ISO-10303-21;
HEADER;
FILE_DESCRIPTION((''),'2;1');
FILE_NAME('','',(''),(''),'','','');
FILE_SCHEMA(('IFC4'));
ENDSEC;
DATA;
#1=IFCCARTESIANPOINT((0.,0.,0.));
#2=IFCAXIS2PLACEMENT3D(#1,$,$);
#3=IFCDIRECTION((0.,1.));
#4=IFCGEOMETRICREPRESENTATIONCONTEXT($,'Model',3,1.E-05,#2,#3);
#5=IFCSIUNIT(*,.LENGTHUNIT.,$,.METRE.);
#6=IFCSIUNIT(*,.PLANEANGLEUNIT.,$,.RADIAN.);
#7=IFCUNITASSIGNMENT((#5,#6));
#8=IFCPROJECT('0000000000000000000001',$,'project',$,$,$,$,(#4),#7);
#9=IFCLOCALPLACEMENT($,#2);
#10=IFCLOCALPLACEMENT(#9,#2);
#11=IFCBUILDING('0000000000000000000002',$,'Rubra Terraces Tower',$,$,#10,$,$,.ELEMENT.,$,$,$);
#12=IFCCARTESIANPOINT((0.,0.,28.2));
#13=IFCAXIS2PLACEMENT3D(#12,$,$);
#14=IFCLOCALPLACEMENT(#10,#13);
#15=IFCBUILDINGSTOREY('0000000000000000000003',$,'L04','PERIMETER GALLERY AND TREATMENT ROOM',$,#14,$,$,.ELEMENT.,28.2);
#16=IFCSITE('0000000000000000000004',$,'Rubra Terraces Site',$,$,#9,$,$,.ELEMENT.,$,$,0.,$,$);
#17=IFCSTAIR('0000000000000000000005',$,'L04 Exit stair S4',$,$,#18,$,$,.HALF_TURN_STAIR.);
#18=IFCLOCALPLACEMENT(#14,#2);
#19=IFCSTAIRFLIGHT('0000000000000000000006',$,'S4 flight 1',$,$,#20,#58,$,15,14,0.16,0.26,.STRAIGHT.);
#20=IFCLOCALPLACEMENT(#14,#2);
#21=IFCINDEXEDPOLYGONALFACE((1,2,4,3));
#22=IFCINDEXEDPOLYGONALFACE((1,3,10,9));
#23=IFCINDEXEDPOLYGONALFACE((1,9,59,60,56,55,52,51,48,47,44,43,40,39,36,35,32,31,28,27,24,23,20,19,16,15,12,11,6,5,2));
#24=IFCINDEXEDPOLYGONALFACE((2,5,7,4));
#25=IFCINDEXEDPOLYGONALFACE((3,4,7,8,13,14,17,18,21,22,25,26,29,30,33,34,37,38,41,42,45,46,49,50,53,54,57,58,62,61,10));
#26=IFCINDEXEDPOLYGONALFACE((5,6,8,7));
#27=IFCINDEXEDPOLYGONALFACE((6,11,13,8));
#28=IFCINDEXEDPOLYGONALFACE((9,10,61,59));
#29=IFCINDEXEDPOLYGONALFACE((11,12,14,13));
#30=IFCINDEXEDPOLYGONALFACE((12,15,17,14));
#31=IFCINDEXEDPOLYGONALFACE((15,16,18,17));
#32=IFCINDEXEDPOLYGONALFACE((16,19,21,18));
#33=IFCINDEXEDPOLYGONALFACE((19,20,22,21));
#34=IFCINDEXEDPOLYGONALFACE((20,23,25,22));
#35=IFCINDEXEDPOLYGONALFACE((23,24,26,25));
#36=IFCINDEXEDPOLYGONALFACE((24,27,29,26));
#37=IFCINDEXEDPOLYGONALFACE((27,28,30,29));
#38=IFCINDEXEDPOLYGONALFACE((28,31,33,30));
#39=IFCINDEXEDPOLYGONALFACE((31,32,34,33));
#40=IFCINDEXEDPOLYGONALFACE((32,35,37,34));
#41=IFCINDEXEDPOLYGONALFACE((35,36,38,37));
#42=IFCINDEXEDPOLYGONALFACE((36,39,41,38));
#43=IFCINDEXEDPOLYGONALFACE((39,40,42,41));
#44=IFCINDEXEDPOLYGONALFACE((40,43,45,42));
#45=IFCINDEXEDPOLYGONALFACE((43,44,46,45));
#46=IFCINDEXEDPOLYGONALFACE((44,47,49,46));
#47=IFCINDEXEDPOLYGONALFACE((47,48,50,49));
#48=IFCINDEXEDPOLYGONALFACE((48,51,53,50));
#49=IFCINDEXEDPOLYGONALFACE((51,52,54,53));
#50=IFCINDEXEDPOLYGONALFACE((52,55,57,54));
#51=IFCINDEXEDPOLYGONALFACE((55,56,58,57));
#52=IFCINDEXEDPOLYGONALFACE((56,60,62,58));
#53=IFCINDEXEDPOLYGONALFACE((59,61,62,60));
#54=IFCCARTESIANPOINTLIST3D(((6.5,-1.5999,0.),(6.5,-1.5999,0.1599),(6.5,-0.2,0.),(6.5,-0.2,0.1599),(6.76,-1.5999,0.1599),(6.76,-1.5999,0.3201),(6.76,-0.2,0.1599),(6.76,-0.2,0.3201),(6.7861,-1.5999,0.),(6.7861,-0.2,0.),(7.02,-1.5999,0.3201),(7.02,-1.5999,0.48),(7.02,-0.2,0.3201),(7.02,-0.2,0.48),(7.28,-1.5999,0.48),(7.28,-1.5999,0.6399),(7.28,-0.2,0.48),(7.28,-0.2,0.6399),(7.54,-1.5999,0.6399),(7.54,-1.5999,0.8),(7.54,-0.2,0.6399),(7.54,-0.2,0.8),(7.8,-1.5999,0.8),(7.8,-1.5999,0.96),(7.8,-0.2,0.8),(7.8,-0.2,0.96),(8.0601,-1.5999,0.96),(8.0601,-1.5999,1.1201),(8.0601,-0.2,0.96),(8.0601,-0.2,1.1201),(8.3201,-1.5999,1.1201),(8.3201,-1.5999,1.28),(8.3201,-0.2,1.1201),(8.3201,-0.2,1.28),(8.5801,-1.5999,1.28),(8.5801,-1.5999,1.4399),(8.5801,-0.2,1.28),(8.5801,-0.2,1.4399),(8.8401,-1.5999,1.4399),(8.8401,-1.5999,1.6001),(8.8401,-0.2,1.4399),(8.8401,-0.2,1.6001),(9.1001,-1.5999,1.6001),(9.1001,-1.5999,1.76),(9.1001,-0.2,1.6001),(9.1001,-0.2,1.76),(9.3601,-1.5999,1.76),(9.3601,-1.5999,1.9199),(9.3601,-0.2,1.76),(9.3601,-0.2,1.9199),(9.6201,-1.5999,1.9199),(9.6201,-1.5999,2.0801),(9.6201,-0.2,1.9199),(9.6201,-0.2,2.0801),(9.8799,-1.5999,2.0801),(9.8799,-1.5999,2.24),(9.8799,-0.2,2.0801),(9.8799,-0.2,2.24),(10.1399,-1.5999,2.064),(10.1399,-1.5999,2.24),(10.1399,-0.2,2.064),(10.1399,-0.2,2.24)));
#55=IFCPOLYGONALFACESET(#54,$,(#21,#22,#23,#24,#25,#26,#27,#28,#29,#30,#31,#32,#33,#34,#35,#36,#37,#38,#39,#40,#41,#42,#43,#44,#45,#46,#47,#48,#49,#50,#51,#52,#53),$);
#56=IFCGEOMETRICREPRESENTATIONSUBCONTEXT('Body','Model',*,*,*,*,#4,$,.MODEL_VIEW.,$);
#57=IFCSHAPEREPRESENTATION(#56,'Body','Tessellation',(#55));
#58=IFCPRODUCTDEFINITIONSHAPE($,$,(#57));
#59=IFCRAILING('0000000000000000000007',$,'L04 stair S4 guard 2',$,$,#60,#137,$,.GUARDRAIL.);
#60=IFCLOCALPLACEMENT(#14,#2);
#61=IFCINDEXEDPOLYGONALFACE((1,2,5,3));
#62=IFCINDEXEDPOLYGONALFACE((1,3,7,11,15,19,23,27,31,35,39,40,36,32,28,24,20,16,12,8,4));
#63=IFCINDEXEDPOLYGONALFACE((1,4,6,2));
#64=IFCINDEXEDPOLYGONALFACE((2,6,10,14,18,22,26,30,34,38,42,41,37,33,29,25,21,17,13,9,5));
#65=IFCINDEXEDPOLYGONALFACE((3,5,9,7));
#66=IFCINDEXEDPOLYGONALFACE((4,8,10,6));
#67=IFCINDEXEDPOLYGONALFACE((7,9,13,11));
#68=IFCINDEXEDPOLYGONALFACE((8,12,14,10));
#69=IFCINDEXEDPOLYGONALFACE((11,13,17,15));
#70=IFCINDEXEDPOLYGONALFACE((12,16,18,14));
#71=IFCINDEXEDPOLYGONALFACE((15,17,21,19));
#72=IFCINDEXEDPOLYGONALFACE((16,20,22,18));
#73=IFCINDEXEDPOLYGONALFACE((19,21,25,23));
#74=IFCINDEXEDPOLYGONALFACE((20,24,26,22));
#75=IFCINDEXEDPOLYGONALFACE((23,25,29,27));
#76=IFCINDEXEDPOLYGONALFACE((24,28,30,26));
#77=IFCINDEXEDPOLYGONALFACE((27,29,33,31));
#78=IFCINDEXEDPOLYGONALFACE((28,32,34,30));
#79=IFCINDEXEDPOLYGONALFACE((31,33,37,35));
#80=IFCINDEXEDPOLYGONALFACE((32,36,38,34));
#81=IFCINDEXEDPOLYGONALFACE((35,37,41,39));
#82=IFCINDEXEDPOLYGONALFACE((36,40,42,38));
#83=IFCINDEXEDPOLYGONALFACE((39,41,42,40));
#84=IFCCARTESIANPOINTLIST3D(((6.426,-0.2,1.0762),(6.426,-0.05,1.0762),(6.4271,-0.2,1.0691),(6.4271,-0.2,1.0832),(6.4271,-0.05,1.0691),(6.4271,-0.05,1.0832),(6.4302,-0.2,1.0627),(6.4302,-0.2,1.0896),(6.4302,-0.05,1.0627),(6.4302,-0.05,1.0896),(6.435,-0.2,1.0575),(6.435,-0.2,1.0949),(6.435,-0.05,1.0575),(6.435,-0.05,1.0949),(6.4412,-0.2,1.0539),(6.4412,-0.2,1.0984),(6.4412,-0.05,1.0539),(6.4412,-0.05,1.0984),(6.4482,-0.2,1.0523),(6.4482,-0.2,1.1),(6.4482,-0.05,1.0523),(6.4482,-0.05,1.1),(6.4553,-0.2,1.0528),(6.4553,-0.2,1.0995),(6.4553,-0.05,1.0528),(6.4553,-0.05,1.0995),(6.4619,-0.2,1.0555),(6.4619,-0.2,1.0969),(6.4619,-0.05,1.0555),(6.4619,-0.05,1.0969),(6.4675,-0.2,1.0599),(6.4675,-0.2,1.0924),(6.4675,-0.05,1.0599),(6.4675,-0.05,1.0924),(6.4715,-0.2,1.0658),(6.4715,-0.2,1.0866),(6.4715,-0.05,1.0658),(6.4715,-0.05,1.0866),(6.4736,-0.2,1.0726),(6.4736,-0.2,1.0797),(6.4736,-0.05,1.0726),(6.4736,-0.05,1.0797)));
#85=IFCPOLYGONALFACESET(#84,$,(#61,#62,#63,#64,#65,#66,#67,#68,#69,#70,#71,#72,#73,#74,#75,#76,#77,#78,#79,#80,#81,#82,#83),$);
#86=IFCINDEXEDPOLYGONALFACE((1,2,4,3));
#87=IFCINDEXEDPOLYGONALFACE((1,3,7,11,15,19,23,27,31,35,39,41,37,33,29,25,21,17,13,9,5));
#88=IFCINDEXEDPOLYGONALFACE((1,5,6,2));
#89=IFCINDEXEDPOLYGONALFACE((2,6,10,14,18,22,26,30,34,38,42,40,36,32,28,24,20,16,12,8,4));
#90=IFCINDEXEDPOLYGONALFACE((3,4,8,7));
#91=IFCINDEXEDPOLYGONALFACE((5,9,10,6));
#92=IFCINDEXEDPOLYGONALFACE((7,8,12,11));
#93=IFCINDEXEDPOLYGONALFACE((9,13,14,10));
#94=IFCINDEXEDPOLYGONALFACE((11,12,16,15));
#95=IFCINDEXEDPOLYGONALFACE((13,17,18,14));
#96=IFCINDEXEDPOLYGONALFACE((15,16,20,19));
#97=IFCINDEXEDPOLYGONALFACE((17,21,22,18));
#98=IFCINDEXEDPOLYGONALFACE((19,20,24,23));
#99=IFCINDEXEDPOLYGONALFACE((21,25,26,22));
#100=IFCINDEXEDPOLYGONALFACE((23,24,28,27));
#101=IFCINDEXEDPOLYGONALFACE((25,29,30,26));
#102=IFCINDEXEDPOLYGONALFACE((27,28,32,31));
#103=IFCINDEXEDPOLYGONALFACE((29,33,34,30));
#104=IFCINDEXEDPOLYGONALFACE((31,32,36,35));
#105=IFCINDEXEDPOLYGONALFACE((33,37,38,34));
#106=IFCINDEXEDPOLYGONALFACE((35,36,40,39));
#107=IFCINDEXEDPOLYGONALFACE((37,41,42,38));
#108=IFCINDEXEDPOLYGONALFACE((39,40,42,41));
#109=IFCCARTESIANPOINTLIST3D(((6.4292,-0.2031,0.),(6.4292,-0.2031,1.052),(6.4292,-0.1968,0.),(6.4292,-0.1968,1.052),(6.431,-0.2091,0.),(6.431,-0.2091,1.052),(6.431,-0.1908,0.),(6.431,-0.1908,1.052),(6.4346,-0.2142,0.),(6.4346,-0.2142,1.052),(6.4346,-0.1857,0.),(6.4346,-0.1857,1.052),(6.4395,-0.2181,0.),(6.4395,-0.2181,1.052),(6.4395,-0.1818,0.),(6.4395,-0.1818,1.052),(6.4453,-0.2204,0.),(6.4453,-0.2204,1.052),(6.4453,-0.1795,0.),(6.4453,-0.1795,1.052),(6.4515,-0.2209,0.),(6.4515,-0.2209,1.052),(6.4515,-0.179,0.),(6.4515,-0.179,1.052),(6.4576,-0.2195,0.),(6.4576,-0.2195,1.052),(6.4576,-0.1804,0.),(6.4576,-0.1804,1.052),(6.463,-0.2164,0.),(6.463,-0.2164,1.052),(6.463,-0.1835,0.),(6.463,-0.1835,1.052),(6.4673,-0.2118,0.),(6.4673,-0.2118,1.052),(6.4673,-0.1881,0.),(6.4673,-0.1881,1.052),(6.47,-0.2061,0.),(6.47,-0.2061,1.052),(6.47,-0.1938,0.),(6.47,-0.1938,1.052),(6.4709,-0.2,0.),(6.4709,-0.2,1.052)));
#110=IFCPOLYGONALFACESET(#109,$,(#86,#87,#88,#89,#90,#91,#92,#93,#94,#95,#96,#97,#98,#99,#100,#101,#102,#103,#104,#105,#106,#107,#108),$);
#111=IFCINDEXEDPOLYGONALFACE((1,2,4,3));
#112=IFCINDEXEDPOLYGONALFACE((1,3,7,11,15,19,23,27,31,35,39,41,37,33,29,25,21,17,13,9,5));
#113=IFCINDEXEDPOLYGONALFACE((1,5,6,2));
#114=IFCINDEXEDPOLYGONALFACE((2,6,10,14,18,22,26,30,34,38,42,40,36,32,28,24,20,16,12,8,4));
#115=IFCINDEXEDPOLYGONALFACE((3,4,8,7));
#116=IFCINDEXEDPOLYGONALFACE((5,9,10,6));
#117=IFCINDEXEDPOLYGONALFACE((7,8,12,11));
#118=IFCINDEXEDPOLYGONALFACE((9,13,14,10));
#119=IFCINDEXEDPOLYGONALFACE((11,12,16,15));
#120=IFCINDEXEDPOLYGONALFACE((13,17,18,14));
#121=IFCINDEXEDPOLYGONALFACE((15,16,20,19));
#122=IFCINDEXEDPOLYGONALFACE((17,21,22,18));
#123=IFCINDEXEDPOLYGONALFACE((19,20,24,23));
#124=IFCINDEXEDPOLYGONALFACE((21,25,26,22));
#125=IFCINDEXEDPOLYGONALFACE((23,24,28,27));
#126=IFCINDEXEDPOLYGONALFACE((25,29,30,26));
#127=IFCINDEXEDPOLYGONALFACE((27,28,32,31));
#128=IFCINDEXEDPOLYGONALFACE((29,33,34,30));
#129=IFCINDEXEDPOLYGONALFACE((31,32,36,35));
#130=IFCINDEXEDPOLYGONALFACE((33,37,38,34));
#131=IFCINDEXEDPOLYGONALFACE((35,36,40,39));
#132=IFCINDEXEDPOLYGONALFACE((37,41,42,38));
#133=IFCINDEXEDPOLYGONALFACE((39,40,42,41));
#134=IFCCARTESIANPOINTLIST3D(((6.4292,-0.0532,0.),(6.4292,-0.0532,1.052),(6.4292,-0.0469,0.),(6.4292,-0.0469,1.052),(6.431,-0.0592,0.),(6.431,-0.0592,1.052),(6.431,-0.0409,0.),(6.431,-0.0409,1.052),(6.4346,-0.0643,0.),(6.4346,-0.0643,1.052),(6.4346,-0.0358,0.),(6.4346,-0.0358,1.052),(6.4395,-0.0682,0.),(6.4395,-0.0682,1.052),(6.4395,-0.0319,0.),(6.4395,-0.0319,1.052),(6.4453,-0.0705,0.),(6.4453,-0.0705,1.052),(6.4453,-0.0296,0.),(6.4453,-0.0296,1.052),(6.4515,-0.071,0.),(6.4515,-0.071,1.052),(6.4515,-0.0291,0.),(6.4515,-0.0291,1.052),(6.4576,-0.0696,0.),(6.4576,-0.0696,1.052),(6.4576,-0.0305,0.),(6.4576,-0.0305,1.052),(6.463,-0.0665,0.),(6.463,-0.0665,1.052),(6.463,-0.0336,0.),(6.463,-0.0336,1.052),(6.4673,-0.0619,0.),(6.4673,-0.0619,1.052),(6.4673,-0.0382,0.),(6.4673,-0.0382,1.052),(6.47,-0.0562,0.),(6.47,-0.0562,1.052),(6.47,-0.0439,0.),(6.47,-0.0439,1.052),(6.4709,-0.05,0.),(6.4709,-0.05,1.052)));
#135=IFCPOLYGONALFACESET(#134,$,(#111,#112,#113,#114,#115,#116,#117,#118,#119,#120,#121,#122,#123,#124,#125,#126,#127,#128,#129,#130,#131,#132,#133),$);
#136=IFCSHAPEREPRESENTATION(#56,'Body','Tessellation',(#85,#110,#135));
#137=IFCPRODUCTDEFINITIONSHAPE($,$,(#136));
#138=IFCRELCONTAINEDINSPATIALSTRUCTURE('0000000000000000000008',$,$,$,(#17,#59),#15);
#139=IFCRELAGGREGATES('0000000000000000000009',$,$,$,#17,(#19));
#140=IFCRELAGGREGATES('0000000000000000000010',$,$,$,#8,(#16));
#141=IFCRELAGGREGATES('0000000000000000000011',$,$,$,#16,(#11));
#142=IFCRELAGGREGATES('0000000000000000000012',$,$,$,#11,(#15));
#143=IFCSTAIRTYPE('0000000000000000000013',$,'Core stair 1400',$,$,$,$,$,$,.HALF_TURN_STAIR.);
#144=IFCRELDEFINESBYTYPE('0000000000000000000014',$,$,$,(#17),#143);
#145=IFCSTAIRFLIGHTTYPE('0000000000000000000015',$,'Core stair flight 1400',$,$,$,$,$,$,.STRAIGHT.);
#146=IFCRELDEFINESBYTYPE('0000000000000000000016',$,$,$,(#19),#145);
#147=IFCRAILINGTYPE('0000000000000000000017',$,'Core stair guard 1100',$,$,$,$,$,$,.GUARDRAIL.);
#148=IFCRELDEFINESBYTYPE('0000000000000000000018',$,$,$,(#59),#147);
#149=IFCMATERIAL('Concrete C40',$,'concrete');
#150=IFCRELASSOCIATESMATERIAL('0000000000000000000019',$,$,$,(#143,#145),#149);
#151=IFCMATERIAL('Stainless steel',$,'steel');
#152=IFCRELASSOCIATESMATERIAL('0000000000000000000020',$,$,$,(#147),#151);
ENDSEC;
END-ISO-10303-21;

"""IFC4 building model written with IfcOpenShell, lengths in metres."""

from ifc_helpers import new_model, si_unit, direction, frame, origin, origin_2d, place, context, subcontext, project, spatial, polyline, circle, outline, extrude, material, type_object, element, aggregate, save


model = new_model("IFC4")

# Units and contexts
model_context = context("Model", 3, precision=1e-05, world=origin(), true_north=direction((0.0, 1.0)))
body_context = subcontext(model_context, "Body", "Model", "MODEL_VIEW")
ifc_project = project(units=[si_unit("LENGTHUNIT", "METRE"), si_unit("PLANEANGLEUNIT", "RADIAN")], contexts=[model_context])

# Site, building, storey
site_placement = place(None, origin())
site = spatial("IfcSite", under=ifc_project, at=site_placement, Name="Rubra Terraces Site", CompositionType="ELEMENT", RefElevation=0.0)
building_placement = place(site_placement, origin())
building = spatial("IfcBuilding", under=site, at=building_placement, Name="Rubra Terraces Tower", CompositionType="ELEMENT")
storey_placement = place(building_placement, frame((0.0, 0.0, 28.2)))
storey = spatial("IfcBuildingStorey", under=building, at=storey_placement, Name="L04", Description="PERIMETER GALLERY AND TREATMENT ROOM", CompositionType="ELEMENT", Elevation=28.2)

# Shared definitions
ifc_material_1 = material(Name="Concrete C40", Category="concrete")

# Stair, stair flight
stair_type = type_object("IfcStairType", Name="Core stair 1400", PredefinedType="HALF_TURN_STAIR", material=ifc_material_1)
stair_placement = place(storey_placement, origin())
stair = element("IfcStair", 1, at=stair_placement, inside=storey, type_object=stair_type, Name="L04 Exit stair S4", PredefinedType="HALF_TURN_STAIR")
stair_flight_type = type_object("IfcStairFlightType", Name="Core stair flight 1400", PredefinedType="STRAIGHT", material=ifc_material_1)
stair_flight_placement = place(storey_placement, frame((6.5, -0.8999, 0.0), z_axis=(0.0, 0.0, 1.0), x_axis=(1.0, 0.0, 0.0)))
stair_flight = element("IfcStairFlight", 2, at=stair_flight_placement, type_object=stair_flight_type, Name="S4 flight 1", NumberOfRisers=15, NumberOfTreads=14, PredefinedType="STRAIGHT", RiserHeight=0.16, TreadLength=0.26, context=body_context, shape_type="SweptSolid", body=[
    extrude(outline(polyline([(0.0, 0.0), (0.0, 0.1599), (0.26, 0.1599), (0.26, 0.3201), (0.52, 0.3201), (0.52, 0.48), (0.78, 0.48), (0.78, 0.6399), (1.04, 0.6399), (1.04, 0.8), (1.3, 0.8), (1.3, 0.96), (1.5601, 0.96), (1.5601, 1.1201), (1.8201, 1.1201), (1.8201, 1.28), (2.0801, 1.28), (2.0801, 1.4399), (2.3401, 1.4399), (2.3401, 1.6001), (2.6001, 1.6001), (2.6001, 1.76), (2.8601, 1.76), (2.8601, 1.9199), (3.1201, 1.9199), (3.1201, 2.0801), (3.3799, 2.0801), (3.3799, 2.24), (3.6399, 2.24), (3.6399, 2.3999), (3.6399, 2.064), (0.2861, 0.0), (0.0, 0.0)])), frame((0.0, 0.7, 0.0), z_axis=(0.0, -1.0, 0.0), x_axis=(1.0, 0.0, 0.0)), (0.0, 0.0, 1.0), 1.3999),
])
aggregate(stair, [stair_flight])

# Railing
ifc_material_2 = material(Name="Stainless steel", Category="steel")
railing_type_1 = type_object("IfcRailingType", Name="Core stair guard 1100", PredefinedType="GUARDRAIL", material=ifc_material_2)
railing_1_placement = place(storey_placement, frame((6.45, -0.2, 0.0)))
element("IfcRailing", 3, at=railing_1_placement, inside=storey, type_object=railing_type_1, Name="L04 stair S4 guard 2", PredefinedType="GUARDRAIL", context=body_context, shape_type="SweptSolid", body=[
    extrude(circle(Radius=0.0239, at=origin_2d()), frame((0.0, 0.0, 1.0762), z_axis=(0.0, 1.0, 0.0), x_axis=(-1.0, 0.0, 0.0)), (0.0, 0.0, 1.0), 0.1499),
    extrude(circle(Radius=0.021, at=origin_2d()), origin(), (0.0, 0.0, 1.0), 1.052),
    extrude(circle(Radius=0.021, at=origin_2d()), frame((0.0, 0.1499, 0.0)), (0.0, 0.0, 1.0), 1.052),
])

save(model, "model.ifc")
